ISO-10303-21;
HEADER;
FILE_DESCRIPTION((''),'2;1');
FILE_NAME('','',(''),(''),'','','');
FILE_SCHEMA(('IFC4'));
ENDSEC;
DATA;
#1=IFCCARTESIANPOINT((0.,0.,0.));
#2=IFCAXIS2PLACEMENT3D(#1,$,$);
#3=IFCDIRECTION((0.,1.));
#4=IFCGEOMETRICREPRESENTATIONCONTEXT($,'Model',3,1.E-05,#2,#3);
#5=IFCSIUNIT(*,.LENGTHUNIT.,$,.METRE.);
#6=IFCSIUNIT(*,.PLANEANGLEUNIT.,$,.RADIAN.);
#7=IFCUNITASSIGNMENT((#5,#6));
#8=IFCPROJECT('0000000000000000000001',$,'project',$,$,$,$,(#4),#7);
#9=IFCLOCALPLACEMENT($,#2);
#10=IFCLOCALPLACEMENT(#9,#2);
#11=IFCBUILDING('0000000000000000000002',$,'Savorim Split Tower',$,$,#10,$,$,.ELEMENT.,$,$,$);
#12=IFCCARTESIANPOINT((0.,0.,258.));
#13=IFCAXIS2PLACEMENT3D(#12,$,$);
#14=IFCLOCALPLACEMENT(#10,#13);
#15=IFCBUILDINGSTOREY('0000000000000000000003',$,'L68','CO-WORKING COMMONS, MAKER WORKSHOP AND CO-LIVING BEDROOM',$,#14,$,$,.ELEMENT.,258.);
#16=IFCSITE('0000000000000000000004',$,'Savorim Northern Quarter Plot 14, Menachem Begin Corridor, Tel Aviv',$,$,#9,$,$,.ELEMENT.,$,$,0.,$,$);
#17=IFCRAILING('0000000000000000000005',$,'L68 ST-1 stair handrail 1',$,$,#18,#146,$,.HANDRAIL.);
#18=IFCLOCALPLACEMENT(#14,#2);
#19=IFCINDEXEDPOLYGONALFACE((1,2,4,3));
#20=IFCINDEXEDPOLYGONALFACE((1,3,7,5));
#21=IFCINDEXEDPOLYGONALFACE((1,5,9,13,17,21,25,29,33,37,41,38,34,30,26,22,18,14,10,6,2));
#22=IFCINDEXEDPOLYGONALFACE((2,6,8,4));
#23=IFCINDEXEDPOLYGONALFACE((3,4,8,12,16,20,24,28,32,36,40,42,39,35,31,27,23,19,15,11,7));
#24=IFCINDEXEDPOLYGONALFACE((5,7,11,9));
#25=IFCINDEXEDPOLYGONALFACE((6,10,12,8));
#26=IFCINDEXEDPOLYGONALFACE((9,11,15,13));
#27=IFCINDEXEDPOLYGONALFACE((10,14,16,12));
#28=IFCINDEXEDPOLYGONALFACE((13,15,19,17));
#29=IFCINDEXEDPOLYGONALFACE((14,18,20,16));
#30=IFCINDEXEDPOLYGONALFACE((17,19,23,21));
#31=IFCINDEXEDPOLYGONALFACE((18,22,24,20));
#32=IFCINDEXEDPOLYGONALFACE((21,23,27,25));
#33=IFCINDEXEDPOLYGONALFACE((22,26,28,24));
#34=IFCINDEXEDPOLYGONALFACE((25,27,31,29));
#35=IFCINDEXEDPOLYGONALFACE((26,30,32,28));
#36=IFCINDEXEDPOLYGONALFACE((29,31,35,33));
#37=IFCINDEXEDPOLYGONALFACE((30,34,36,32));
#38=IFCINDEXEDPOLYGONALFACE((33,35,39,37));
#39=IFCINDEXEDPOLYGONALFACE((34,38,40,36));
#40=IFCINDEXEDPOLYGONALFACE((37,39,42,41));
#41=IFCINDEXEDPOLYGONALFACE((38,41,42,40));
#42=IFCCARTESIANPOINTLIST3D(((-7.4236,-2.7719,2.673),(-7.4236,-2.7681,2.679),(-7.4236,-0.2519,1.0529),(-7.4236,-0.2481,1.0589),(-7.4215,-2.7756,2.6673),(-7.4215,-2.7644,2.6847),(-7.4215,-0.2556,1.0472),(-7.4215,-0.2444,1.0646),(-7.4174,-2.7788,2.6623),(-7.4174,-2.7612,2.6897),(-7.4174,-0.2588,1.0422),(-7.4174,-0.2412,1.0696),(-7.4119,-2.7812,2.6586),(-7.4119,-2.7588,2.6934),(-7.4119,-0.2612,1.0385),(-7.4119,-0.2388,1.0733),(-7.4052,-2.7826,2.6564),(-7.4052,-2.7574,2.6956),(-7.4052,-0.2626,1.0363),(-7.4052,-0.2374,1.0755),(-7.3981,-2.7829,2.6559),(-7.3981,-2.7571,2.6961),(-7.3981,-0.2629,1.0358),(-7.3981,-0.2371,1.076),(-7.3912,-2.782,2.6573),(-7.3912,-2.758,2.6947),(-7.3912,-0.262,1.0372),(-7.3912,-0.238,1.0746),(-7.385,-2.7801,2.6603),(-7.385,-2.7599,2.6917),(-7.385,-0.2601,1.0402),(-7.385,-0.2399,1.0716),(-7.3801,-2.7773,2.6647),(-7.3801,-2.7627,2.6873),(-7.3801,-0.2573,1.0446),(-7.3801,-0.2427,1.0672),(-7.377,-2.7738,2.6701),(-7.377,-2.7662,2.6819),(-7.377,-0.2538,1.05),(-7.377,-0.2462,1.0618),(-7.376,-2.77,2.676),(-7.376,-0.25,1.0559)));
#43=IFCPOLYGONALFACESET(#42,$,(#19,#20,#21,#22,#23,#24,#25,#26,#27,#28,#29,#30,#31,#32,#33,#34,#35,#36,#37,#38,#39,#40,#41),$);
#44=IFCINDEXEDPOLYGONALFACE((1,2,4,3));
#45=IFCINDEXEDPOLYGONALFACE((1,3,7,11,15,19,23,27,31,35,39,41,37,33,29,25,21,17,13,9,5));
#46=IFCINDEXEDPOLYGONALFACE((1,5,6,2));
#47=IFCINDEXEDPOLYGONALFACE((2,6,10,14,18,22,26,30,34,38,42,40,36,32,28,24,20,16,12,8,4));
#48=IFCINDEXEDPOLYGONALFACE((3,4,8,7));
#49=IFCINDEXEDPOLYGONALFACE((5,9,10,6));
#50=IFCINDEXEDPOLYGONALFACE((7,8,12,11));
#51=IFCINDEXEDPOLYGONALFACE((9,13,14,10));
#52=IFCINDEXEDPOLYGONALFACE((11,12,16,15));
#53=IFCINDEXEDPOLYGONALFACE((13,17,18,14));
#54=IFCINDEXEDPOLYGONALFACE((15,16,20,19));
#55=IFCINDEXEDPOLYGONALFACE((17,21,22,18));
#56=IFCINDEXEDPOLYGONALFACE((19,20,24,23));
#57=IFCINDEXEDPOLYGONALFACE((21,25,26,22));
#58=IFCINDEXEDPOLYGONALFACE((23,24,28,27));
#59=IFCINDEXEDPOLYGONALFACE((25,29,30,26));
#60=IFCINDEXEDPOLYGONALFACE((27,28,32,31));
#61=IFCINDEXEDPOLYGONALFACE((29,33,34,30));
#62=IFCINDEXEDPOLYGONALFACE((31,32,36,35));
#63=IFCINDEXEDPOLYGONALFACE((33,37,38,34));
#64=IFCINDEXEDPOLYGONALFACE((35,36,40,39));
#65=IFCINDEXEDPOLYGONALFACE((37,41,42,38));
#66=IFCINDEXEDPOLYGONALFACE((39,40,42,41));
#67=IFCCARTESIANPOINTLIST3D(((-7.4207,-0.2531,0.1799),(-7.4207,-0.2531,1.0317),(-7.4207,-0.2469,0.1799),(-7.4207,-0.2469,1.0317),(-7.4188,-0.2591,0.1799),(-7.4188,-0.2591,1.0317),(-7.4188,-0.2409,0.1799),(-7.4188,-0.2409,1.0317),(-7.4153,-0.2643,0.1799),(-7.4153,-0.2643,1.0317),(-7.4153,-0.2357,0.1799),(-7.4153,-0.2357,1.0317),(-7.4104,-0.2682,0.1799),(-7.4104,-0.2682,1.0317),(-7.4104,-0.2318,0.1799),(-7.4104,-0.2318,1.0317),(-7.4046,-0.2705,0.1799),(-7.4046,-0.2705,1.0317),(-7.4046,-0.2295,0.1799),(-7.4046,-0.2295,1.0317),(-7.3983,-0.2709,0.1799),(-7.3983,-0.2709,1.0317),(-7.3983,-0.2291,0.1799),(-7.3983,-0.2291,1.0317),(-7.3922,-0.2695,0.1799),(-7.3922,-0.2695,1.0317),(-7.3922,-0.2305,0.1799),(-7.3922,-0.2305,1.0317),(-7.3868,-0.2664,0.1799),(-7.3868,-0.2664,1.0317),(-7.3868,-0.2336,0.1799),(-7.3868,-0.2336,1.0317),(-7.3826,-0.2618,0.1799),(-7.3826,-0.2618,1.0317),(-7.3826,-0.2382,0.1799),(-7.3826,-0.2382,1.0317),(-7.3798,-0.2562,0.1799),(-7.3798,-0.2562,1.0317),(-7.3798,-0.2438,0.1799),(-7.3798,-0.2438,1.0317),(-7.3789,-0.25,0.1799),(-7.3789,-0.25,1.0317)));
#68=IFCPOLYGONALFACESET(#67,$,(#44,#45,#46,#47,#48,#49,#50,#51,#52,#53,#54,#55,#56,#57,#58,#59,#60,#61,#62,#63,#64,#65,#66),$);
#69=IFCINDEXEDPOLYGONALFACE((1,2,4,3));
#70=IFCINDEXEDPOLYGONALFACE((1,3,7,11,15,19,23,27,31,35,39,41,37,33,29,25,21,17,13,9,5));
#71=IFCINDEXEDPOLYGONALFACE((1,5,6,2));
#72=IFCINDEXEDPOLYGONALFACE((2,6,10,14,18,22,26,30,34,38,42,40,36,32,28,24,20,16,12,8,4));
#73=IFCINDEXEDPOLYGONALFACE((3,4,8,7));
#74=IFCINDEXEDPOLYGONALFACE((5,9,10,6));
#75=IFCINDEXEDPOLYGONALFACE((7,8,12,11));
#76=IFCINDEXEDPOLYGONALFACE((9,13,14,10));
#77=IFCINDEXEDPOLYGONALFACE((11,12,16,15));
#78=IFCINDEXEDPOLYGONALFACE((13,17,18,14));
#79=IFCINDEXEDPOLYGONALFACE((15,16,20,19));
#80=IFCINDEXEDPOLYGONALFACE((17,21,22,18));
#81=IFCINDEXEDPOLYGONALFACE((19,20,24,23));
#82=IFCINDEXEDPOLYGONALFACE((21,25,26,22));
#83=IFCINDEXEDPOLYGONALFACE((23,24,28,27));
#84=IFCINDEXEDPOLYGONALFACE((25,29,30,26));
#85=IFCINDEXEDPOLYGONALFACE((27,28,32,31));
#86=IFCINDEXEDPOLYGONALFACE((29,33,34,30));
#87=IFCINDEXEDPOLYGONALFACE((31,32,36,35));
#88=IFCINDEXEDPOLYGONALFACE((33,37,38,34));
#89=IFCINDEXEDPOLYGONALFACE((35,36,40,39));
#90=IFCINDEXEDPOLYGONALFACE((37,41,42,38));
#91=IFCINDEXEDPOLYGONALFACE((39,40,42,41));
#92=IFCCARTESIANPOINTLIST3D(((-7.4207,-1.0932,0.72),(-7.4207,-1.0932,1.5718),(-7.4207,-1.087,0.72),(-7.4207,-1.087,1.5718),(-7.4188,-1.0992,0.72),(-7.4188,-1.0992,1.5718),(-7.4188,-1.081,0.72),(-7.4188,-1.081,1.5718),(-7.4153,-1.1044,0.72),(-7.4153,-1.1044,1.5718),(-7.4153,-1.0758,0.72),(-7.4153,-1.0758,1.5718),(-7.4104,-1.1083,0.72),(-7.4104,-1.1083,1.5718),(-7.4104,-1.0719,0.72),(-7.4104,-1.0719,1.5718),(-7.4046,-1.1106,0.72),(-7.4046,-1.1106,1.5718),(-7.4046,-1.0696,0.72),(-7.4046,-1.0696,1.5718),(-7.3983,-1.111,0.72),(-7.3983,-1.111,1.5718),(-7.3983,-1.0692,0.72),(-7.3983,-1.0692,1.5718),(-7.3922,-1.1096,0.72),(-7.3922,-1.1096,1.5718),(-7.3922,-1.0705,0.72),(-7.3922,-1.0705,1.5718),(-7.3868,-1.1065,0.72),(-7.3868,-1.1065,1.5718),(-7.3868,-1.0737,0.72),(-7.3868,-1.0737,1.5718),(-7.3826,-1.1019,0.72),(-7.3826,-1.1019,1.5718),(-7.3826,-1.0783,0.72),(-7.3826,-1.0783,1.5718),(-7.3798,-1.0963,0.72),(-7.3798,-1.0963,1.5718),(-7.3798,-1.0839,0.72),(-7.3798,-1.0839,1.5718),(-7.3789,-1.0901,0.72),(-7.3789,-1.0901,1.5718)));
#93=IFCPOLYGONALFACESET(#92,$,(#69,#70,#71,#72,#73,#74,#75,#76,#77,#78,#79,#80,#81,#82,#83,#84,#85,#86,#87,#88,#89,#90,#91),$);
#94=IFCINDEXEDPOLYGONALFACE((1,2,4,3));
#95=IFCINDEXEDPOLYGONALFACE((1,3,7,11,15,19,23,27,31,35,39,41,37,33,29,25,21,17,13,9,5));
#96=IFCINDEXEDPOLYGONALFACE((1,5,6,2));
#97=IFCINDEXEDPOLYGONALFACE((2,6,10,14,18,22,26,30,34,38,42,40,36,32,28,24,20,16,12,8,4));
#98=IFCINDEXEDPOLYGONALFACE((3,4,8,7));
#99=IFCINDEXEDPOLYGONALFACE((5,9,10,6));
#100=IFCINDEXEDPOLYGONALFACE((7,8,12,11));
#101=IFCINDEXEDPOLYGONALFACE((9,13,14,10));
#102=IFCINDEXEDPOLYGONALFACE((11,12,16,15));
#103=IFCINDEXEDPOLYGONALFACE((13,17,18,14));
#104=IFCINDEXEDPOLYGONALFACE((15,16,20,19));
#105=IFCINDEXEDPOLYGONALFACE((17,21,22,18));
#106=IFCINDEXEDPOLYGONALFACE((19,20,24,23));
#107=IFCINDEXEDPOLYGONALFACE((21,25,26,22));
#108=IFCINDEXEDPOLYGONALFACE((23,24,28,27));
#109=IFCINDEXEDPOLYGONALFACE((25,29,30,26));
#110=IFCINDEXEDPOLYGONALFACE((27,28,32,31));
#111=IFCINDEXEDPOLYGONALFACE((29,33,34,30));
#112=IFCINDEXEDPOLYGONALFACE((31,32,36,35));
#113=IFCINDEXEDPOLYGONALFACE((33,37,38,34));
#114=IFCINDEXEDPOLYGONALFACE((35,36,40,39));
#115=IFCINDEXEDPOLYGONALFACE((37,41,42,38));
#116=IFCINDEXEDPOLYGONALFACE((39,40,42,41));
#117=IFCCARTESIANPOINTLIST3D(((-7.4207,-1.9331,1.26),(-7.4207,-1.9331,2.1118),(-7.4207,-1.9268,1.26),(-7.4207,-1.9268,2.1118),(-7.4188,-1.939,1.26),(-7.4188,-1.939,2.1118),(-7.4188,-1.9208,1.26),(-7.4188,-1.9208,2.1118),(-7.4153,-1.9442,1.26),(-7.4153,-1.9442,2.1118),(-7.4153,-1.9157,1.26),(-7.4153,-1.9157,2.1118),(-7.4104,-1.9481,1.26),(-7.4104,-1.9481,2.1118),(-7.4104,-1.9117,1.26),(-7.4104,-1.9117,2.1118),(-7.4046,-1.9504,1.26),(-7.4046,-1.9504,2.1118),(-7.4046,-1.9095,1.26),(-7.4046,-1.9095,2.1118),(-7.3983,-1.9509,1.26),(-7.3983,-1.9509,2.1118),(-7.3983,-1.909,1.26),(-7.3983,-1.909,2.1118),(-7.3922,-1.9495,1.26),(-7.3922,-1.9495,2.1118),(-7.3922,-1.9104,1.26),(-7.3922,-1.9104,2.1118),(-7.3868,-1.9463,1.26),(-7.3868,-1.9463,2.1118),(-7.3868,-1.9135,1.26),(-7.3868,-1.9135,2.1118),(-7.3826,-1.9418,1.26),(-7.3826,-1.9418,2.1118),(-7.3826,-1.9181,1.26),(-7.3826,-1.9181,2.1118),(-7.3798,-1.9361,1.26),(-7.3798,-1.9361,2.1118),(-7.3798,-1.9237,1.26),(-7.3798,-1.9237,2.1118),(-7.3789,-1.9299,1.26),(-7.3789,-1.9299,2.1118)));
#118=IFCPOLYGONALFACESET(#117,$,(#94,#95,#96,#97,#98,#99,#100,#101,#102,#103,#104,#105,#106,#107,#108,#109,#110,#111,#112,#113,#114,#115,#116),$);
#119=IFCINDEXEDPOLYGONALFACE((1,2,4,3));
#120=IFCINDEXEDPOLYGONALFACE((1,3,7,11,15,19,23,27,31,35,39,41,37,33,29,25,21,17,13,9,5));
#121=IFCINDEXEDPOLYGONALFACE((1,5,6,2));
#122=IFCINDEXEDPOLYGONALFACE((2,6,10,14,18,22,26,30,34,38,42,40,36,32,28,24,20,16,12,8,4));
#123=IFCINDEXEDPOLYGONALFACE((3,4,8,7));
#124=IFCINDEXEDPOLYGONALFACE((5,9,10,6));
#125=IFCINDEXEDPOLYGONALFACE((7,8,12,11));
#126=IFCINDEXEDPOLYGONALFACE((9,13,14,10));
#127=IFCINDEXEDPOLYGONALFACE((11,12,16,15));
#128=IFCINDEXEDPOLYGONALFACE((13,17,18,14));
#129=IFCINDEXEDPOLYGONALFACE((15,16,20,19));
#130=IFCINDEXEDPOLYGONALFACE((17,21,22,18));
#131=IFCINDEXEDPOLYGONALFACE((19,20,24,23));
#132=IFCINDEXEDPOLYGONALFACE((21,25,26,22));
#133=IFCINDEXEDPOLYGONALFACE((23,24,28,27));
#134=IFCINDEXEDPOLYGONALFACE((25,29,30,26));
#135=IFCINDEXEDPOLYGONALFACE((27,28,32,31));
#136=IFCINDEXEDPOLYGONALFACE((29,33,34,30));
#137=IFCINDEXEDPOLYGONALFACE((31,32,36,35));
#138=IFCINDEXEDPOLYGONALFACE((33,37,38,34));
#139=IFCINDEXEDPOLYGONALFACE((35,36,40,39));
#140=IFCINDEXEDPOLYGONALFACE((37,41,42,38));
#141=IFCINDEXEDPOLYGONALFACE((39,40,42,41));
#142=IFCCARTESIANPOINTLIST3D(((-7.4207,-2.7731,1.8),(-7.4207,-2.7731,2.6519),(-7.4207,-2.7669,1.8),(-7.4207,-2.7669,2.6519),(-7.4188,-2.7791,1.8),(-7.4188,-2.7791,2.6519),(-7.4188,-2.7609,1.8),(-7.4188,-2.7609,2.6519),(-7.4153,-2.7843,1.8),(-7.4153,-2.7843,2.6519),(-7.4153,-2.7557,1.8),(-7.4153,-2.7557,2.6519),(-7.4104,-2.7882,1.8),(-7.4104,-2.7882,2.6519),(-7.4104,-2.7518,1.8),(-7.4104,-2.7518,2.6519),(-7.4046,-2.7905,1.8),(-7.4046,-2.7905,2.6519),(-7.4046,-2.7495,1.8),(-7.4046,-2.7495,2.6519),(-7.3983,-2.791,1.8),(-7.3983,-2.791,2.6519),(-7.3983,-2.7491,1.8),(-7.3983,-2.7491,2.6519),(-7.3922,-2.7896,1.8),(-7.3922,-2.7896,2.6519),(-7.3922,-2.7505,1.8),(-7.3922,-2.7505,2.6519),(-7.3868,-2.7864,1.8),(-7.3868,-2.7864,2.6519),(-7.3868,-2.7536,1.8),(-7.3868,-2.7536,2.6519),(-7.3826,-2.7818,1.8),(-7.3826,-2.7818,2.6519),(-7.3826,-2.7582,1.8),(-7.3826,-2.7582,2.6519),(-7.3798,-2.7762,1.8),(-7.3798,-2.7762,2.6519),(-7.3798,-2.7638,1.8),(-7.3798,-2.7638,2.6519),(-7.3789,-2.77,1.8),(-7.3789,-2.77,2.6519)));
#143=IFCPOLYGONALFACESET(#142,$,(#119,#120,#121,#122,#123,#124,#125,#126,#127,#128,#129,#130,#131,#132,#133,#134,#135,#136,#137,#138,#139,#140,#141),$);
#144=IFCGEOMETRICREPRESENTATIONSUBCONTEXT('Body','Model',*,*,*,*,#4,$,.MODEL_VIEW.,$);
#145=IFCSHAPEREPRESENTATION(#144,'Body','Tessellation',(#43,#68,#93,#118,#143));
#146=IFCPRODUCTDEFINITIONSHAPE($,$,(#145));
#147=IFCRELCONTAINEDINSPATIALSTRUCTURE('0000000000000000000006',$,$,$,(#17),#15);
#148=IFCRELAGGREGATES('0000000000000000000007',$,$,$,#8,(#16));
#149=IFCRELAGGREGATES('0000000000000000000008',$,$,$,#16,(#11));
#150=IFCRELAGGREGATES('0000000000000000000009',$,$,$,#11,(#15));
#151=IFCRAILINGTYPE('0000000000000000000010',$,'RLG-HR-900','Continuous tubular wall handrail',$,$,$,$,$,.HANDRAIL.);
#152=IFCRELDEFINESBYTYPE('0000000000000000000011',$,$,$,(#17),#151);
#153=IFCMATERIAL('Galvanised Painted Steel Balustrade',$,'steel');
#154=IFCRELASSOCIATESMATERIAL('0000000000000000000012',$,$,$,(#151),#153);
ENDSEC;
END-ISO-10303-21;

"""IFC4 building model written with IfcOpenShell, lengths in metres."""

from ifc_helpers import new_model, si_unit, direction, frame, origin, origin_2d, place, context, subcontext, project, spatial, circle, extrude, material, type_object, element, save


model = new_model("IFC4")

# Units and contexts
model_context = context("Model", 3, precision=1e-05, world=origin(), true_north=direction((0.0, 1.0)))
body_context = subcontext(model_context, "Body", "Model", "MODEL_VIEW")
ifc_project = project(units=[si_unit("LENGTHUNIT", "METRE"), si_unit("PLANEANGLEUNIT", "RADIAN")], contexts=[model_context])

# Site, building, storey
site_placement = place(None, origin())
site = spatial("IfcSite", under=ifc_project, at=site_placement, Name="Savorim Northern Quarter Plot 14, Menachem Begin Corridor, Tel Aviv", CompositionType="ELEMENT", RefElevation=0.0)
building_placement = place(site_placement, origin())
building = spatial("IfcBuilding", under=site, at=building_placement, Name="Savorim Split Tower", CompositionType="ELEMENT")
storey_placement = place(building_placement, frame((0.0, 0.0, 258.0)))
storey = spatial("IfcBuildingStorey", under=building, at=storey_placement, Name="L68", Description="CO-WORKING COMMONS, MAKER WORKSHOP AND CO-LIVING BEDROOM", CompositionType="ELEMENT", Elevation=258.0)

# Railing
ifc_material_1 = material(Name="Galvanised Painted Steel Balustrade", Category="steel")
railing_type_1 = type_object("IfcRailingType", Name="RLG-HR-900", Description="Continuous tubular wall handrail", PredefinedType="HANDRAIL", material=ifc_material_1)
railing_1_placement = place(storey_placement, frame((-7.3999, -0.25, 0.1799)))
element("IfcRailing", 1, at=railing_1_placement, inside=storey, type_object=railing_type_1, Name="L68 ST-1 stair handrail 1", PredefinedType="HANDRAIL", context=body_context, shape_type="SweptSolid", body=[
    extrude(circle(Radius=0.0239, at=origin_2d()), frame((0.0, 0.0, 0.876), z_axis=(0.0, -0.841163, 0.540782), x_axis=(1.0, 0.0, 0.0)), (0.0, 0.0, 1.0), 2.9958),
    extrude(circle(Radius=0.021, at=origin_2d()), origin(), (0.0, 0.0, 1.0), 0.8518),
    extrude(circle(Radius=0.021, at=origin_2d()), frame((0.0, -0.8401, 0.54)), (0.0, 0.0, 1.0), 0.8518),
    extrude(circle(Radius=0.021, at=origin_2d()), frame((0.0, -1.6799, 1.0801)), (0.0, 0.0, 1.0), 0.8518),
    extrude(circle(Radius=0.021, at=origin_2d()), frame((0.0, -2.52, 1.6201)), (0.0, 0.0, 1.0), 0.8518),
])

save(model, "model.ifc")
